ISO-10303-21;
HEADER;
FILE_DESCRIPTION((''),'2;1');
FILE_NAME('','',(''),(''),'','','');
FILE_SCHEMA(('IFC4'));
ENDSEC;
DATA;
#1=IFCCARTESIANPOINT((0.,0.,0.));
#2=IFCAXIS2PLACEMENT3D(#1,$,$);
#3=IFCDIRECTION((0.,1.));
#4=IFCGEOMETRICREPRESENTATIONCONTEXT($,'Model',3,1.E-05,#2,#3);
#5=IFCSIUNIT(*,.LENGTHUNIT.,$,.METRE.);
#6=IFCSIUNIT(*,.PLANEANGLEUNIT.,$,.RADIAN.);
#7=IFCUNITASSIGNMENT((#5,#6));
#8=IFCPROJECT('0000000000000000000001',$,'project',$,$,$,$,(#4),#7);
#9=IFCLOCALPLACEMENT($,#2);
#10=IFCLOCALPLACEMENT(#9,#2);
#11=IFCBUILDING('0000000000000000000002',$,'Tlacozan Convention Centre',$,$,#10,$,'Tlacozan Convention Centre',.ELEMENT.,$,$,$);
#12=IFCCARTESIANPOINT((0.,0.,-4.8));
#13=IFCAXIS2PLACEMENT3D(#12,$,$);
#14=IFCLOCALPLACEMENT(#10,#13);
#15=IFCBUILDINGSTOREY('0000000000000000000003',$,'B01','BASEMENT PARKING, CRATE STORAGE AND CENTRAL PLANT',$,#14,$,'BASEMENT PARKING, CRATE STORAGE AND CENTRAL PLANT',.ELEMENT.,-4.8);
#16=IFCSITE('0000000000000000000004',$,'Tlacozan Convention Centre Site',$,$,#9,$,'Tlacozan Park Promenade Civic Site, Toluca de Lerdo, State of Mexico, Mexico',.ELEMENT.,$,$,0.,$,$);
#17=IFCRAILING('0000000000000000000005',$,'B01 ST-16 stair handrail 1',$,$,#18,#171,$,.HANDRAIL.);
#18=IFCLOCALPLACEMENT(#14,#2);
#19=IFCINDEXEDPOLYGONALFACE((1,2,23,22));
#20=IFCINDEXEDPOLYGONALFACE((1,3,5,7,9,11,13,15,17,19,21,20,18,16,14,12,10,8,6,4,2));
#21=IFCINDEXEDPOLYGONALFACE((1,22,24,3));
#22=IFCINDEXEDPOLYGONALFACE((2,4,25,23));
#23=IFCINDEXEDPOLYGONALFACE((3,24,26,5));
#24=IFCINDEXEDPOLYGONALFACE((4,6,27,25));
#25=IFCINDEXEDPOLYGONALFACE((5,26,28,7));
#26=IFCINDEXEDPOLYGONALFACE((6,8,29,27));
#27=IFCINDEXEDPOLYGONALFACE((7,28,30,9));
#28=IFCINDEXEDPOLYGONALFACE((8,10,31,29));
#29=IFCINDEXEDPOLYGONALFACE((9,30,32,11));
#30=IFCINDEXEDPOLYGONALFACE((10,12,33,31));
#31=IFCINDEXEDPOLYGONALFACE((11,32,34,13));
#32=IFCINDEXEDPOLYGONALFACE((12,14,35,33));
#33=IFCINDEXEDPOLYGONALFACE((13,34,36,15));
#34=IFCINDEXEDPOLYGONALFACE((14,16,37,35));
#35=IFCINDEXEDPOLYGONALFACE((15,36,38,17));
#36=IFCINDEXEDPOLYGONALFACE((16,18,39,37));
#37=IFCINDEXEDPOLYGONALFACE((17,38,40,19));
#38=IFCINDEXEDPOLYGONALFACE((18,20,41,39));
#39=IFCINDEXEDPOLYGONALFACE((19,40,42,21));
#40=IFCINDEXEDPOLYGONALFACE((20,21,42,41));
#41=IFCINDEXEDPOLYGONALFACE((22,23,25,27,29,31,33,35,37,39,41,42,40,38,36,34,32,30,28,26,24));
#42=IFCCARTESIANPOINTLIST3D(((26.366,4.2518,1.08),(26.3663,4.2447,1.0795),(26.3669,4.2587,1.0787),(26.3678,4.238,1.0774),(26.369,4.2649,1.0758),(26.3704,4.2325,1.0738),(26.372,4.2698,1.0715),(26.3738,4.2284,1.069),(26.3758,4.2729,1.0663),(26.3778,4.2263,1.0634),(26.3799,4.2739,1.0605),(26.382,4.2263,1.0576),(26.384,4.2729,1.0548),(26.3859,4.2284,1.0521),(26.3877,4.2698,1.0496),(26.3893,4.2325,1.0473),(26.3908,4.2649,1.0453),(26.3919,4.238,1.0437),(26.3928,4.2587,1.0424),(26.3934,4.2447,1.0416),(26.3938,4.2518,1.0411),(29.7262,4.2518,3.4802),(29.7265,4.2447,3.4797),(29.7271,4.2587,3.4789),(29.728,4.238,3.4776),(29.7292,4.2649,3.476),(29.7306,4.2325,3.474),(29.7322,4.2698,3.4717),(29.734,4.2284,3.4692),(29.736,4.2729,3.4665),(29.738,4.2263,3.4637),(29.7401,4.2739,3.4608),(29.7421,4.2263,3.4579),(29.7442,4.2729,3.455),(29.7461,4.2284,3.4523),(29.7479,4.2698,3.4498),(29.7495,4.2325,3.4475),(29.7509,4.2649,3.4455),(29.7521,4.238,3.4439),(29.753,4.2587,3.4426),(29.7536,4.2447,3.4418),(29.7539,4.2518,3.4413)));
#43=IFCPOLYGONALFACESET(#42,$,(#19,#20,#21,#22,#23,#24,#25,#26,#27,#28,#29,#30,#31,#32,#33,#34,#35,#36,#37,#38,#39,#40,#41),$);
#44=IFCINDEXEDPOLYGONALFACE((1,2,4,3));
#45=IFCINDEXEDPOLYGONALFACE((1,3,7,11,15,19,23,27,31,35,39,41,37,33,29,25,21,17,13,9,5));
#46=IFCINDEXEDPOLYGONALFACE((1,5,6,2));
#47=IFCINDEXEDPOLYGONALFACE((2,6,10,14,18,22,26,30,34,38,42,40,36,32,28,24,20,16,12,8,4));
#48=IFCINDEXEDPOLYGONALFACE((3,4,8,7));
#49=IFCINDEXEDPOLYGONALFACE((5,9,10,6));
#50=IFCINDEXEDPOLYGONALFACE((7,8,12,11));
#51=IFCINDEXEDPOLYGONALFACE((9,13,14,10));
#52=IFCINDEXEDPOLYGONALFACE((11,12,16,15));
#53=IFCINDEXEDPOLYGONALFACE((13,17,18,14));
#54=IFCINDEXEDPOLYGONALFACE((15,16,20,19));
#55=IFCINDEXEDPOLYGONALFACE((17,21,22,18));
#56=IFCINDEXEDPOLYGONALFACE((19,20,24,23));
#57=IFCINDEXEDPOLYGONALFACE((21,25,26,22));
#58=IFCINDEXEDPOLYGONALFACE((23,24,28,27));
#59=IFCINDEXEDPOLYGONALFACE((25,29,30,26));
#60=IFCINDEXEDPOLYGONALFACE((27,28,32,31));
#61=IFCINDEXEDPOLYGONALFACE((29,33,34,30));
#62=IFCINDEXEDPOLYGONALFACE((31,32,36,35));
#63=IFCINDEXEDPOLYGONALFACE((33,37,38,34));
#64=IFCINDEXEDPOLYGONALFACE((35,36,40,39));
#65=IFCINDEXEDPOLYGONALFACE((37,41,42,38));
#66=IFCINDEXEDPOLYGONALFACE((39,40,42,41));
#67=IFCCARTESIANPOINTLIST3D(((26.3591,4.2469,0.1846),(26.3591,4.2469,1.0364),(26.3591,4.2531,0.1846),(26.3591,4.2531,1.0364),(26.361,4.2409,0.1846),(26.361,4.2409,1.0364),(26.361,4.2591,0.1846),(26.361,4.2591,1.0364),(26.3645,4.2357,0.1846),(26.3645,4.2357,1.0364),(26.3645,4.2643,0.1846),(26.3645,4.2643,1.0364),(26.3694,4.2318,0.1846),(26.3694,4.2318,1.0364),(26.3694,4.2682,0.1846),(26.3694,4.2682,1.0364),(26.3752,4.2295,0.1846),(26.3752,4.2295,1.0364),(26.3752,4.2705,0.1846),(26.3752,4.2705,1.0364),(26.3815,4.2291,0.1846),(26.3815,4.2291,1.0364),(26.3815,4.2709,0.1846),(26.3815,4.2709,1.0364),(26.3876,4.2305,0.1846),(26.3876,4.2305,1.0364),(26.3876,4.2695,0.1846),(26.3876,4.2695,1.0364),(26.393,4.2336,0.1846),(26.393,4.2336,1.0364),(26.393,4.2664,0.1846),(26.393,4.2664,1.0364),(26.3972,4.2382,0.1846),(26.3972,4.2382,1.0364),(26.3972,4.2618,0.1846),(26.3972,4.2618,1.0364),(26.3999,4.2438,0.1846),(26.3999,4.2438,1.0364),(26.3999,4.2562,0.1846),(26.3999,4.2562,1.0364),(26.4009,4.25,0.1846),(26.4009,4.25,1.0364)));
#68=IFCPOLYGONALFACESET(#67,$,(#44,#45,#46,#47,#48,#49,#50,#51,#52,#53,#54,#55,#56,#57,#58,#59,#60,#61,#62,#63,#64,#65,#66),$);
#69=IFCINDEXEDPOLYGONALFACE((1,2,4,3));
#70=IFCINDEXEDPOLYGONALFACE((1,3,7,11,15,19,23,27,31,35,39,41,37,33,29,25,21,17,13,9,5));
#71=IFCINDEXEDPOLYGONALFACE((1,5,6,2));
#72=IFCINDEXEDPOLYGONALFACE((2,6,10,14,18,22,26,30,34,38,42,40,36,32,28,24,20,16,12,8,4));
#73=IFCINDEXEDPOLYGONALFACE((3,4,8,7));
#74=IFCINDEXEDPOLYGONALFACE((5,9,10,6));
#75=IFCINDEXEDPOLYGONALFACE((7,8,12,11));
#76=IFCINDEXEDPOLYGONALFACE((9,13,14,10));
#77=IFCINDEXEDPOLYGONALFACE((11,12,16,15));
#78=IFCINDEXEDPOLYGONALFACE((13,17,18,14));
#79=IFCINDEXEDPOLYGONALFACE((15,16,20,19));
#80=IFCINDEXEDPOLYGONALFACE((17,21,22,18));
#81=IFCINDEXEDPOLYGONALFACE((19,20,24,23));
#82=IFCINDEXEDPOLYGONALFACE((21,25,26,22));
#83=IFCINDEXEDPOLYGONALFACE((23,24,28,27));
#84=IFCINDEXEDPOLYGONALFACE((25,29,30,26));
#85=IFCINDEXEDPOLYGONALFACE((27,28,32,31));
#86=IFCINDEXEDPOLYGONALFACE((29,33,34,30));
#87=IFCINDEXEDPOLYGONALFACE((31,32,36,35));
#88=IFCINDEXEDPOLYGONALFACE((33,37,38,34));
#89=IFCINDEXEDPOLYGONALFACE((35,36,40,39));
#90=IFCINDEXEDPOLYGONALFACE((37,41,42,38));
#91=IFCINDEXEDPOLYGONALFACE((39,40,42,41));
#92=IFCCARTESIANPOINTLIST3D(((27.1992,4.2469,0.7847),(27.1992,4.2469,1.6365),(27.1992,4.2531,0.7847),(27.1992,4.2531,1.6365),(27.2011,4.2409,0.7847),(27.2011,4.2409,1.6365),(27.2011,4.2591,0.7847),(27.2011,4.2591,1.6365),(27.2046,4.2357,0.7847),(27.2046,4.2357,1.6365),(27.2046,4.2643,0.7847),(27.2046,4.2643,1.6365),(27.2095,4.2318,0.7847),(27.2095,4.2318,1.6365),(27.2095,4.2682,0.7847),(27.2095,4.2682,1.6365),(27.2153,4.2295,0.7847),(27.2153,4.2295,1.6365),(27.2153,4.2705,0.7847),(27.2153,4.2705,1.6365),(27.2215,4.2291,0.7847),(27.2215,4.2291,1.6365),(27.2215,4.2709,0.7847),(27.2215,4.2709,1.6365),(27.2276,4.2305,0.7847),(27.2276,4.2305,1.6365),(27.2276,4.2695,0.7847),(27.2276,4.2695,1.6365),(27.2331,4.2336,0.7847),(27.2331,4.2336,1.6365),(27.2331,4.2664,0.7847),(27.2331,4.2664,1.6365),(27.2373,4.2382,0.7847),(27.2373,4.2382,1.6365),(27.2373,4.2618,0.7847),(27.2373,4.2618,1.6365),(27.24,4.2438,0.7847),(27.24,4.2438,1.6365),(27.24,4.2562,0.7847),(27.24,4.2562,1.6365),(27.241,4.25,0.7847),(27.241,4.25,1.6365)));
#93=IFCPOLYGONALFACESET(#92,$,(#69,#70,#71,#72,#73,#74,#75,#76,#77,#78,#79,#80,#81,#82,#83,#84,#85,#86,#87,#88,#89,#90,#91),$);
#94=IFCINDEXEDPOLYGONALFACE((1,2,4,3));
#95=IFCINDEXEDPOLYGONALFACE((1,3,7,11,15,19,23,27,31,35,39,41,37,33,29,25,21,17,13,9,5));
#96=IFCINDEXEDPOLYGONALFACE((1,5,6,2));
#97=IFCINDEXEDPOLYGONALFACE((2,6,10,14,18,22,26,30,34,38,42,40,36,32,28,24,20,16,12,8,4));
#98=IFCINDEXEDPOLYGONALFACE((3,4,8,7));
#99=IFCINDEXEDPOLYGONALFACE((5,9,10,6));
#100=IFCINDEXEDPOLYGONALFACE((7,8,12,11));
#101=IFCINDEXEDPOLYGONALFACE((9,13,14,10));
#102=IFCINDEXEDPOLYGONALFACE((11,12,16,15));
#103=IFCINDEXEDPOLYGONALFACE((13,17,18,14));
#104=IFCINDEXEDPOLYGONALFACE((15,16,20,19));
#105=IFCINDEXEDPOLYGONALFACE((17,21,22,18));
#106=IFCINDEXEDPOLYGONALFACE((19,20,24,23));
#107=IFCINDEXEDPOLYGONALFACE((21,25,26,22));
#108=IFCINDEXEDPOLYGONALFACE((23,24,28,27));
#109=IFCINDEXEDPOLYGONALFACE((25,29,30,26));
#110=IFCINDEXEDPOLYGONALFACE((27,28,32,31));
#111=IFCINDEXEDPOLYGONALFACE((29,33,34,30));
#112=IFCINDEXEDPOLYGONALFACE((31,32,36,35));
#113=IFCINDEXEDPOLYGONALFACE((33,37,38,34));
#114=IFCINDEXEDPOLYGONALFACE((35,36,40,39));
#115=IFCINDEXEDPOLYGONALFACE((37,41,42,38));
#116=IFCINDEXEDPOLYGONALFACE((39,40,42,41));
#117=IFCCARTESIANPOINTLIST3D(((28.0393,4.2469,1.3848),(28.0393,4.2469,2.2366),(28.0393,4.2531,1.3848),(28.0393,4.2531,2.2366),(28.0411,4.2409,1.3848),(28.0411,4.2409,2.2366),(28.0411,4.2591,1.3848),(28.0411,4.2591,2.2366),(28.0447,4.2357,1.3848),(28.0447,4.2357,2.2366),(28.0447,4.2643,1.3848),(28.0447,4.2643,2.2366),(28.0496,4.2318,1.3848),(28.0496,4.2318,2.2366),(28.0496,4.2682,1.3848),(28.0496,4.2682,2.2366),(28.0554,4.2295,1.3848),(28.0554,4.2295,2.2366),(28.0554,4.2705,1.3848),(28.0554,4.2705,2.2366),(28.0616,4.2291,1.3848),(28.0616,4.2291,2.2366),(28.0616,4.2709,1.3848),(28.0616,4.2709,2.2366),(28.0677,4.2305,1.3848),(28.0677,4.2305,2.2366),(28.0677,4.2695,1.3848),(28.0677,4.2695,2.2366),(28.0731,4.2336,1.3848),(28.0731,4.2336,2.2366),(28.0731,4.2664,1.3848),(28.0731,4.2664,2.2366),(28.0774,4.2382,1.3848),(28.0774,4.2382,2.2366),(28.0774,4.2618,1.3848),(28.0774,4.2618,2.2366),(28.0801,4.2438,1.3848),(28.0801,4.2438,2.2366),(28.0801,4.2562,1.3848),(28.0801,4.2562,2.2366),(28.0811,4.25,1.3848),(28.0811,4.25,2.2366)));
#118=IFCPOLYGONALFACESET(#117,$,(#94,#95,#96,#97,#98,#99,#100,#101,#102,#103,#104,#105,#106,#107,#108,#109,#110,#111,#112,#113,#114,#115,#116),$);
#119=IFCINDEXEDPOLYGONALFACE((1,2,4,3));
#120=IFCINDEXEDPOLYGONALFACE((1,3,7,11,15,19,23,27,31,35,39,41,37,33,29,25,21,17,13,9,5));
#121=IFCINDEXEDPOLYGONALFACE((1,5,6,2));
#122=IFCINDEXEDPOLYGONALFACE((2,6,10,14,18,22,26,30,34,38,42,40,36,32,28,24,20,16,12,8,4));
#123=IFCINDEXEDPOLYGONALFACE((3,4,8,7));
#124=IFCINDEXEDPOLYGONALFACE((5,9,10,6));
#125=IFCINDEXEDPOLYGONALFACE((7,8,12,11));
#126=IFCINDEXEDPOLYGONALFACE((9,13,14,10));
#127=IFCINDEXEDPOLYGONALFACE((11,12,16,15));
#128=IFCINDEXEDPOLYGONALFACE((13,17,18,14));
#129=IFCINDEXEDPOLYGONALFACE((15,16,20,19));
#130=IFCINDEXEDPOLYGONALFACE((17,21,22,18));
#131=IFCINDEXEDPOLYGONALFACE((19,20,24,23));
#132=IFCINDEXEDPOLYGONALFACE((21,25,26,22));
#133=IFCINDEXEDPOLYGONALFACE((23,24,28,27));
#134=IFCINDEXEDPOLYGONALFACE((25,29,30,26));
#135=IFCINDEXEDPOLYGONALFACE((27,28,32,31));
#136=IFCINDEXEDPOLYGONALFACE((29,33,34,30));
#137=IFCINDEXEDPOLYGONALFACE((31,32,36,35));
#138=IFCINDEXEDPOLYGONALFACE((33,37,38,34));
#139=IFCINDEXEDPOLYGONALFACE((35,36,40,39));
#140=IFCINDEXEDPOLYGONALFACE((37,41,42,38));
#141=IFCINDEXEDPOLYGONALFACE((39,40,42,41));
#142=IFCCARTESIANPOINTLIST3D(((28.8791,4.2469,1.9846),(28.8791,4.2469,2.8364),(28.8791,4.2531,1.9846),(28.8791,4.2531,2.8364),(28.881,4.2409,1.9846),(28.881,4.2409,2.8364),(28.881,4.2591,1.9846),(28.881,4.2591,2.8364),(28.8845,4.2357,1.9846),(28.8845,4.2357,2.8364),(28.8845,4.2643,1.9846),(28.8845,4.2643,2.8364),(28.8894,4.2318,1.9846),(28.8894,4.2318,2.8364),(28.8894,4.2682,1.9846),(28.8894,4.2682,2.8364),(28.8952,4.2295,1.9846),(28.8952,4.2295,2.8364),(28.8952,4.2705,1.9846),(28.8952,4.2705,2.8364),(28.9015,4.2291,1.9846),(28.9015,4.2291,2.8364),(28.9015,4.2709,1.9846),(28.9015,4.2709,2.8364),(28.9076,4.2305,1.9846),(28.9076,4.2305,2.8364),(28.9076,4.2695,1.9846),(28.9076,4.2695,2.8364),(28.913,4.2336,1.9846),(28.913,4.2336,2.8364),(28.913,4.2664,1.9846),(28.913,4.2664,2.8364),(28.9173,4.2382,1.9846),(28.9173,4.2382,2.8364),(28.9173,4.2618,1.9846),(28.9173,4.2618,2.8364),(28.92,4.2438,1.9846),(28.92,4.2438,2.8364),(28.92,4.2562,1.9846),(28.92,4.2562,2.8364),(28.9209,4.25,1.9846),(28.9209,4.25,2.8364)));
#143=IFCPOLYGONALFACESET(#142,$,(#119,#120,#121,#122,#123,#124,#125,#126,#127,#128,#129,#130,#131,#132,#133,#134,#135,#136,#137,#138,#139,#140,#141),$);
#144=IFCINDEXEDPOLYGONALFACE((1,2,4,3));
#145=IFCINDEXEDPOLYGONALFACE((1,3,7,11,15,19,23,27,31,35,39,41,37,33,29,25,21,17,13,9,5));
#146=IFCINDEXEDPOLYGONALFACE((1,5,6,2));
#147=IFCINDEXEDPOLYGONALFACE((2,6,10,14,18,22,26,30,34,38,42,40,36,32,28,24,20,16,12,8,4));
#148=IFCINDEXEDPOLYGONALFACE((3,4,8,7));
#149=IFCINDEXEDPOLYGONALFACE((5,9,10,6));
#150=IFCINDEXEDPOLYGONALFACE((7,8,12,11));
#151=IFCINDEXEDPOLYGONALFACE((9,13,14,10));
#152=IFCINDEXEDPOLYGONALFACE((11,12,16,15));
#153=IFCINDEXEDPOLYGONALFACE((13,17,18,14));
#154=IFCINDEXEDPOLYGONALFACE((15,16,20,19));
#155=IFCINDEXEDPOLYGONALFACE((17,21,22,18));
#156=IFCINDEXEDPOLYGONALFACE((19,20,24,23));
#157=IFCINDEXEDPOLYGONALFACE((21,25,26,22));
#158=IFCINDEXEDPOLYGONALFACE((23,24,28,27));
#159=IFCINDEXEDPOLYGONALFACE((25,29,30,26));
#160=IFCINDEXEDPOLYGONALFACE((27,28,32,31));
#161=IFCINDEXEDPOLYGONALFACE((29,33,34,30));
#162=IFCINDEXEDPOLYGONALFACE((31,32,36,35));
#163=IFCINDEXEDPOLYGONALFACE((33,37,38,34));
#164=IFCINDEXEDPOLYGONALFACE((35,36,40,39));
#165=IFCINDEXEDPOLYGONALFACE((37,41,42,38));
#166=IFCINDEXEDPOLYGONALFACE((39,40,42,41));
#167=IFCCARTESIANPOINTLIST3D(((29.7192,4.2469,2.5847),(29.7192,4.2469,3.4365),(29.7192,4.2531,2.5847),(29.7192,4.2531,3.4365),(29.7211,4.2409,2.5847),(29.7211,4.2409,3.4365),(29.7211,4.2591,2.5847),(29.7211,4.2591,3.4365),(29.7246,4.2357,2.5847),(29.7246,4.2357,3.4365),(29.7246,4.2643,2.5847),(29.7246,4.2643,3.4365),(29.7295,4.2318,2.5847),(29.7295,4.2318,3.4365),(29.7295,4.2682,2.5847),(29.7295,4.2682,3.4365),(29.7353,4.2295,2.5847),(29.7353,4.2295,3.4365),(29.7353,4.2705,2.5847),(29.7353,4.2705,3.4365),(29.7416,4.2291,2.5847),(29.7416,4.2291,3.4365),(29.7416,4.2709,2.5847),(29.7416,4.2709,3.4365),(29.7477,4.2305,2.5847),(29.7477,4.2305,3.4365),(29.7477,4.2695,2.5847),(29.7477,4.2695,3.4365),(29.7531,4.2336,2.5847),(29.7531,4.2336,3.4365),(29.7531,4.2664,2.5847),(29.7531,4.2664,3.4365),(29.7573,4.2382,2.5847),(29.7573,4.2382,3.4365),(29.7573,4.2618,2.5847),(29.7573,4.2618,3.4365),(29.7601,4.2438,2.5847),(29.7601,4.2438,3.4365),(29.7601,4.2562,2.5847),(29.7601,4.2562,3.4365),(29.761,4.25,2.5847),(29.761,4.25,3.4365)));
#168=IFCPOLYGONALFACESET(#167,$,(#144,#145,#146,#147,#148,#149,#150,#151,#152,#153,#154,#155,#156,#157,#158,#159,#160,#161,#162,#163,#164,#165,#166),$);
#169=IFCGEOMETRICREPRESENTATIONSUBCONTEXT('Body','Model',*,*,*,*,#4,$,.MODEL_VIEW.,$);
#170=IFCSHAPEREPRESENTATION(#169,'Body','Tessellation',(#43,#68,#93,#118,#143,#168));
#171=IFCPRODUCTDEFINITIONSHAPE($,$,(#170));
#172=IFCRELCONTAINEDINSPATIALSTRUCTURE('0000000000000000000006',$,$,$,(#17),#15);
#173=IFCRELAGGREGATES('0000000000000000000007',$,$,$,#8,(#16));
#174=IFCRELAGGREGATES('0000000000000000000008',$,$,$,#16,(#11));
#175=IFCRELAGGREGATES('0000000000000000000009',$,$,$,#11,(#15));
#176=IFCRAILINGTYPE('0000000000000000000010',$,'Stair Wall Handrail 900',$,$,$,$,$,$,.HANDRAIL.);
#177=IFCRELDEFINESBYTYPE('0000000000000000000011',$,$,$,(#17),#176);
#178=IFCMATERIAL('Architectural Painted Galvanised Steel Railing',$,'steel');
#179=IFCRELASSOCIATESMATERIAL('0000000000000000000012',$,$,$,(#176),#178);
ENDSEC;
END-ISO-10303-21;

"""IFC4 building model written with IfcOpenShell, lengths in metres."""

from ifc_helpers import new_model, si_unit, direction, frame, origin, origin_2d, place, context, subcontext, project, spatial, circle, extrude, material, type_object, element, save


model = new_model("IFC4")

# Units and contexts
model_context = context("Model", 3, precision=1e-05, world=origin(), true_north=direction((0.0, 1.0)))
body_context = subcontext(model_context, "Body", "Model", "MODEL_VIEW")
ifc_project = project(units=[si_unit("LENGTHUNIT", "METRE"), si_unit("PLANEANGLEUNIT", "RADIAN")], contexts=[model_context])

# Site, building, storey
site_placement = place(None, origin())
site = spatial("IfcSite", under=ifc_project, at=site_placement, Name="Tlacozan Convention Centre Site", LongName="Tlacozan Park Promenade Civic Site, Toluca de Lerdo, State of Mexico, Mexico", CompositionType="ELEMENT", RefElevation=0.0)
building_placement = place(site_placement, origin())
building = spatial("IfcBuilding", under=site, at=building_placement, Name="Tlacozan Convention Centre", LongName="Tlacozan Convention Centre", CompositionType="ELEMENT")
storey_placement = place(building_placement, frame((0.0, 0.0, -4.8)))
storey = spatial("IfcBuildingStorey", under=building, at=storey_placement, Name="B01", Description="BASEMENT PARKING, CRATE STORAGE AND CENTRAL PLANT", LongName="BASEMENT PARKING, CRATE STORAGE AND CENTRAL PLANT", CompositionType="ELEMENT", Elevation=-4.8)

# Railing
ifc_material_1 = material(Name="Architectural Painted Galvanised Steel Railing", Category="steel")
railing_type_1 = type_object("IfcRailingType", Name="Stair Wall Handrail 900", PredefinedType="HANDRAIL", material=ifc_material_1)
railing_1_placement = place(storey_placement, frame((26.3799, 4.25, 0.1846)))
element("IfcRailing", 1, at=railing_1_placement, inside=storey, type_object=railing_type_1, Name="B01 ST-16 stair handrail 1", PredefinedType="HANDRAIL", context=body_context, shape_type="SweptSolid", body=[
    extrude(circle(Radius=0.0239, at=origin_2d()), frame((0.0, 0.0, 0.876), z_axis=(0.813725, 0.0, 0.581249), x_axis=(0.0, 1.0, 0.0)), (0.0, 0.0, 1.0), 4.1294),
    extrude(circle(Radius=0.021, at=origin_2d()), origin(), (0.0, 0.0, 1.0), 0.8518),
    extrude(circle(Radius=0.021, at=origin_2d()), frame((0.8401, 0.0, 0.6001)), (0.0, 0.0, 1.0), 0.8518),
    extrude(circle(Radius=0.021, at=origin_2d()), frame((1.6802, 0.0, 1.2002)), (0.0, 0.0, 1.0), 0.8518),
    extrude(circle(Radius=0.021, at=origin_2d()), frame((2.52, 0.0, 1.8)), (0.0, 0.0, 1.0), 0.8518),
    extrude(circle(Radius=0.021, at=origin_2d()), frame((3.3601, 0.0, 2.4001)), (0.0, 0.0, 1.0), 0.8518),
])

save(model, "model.ifc")
